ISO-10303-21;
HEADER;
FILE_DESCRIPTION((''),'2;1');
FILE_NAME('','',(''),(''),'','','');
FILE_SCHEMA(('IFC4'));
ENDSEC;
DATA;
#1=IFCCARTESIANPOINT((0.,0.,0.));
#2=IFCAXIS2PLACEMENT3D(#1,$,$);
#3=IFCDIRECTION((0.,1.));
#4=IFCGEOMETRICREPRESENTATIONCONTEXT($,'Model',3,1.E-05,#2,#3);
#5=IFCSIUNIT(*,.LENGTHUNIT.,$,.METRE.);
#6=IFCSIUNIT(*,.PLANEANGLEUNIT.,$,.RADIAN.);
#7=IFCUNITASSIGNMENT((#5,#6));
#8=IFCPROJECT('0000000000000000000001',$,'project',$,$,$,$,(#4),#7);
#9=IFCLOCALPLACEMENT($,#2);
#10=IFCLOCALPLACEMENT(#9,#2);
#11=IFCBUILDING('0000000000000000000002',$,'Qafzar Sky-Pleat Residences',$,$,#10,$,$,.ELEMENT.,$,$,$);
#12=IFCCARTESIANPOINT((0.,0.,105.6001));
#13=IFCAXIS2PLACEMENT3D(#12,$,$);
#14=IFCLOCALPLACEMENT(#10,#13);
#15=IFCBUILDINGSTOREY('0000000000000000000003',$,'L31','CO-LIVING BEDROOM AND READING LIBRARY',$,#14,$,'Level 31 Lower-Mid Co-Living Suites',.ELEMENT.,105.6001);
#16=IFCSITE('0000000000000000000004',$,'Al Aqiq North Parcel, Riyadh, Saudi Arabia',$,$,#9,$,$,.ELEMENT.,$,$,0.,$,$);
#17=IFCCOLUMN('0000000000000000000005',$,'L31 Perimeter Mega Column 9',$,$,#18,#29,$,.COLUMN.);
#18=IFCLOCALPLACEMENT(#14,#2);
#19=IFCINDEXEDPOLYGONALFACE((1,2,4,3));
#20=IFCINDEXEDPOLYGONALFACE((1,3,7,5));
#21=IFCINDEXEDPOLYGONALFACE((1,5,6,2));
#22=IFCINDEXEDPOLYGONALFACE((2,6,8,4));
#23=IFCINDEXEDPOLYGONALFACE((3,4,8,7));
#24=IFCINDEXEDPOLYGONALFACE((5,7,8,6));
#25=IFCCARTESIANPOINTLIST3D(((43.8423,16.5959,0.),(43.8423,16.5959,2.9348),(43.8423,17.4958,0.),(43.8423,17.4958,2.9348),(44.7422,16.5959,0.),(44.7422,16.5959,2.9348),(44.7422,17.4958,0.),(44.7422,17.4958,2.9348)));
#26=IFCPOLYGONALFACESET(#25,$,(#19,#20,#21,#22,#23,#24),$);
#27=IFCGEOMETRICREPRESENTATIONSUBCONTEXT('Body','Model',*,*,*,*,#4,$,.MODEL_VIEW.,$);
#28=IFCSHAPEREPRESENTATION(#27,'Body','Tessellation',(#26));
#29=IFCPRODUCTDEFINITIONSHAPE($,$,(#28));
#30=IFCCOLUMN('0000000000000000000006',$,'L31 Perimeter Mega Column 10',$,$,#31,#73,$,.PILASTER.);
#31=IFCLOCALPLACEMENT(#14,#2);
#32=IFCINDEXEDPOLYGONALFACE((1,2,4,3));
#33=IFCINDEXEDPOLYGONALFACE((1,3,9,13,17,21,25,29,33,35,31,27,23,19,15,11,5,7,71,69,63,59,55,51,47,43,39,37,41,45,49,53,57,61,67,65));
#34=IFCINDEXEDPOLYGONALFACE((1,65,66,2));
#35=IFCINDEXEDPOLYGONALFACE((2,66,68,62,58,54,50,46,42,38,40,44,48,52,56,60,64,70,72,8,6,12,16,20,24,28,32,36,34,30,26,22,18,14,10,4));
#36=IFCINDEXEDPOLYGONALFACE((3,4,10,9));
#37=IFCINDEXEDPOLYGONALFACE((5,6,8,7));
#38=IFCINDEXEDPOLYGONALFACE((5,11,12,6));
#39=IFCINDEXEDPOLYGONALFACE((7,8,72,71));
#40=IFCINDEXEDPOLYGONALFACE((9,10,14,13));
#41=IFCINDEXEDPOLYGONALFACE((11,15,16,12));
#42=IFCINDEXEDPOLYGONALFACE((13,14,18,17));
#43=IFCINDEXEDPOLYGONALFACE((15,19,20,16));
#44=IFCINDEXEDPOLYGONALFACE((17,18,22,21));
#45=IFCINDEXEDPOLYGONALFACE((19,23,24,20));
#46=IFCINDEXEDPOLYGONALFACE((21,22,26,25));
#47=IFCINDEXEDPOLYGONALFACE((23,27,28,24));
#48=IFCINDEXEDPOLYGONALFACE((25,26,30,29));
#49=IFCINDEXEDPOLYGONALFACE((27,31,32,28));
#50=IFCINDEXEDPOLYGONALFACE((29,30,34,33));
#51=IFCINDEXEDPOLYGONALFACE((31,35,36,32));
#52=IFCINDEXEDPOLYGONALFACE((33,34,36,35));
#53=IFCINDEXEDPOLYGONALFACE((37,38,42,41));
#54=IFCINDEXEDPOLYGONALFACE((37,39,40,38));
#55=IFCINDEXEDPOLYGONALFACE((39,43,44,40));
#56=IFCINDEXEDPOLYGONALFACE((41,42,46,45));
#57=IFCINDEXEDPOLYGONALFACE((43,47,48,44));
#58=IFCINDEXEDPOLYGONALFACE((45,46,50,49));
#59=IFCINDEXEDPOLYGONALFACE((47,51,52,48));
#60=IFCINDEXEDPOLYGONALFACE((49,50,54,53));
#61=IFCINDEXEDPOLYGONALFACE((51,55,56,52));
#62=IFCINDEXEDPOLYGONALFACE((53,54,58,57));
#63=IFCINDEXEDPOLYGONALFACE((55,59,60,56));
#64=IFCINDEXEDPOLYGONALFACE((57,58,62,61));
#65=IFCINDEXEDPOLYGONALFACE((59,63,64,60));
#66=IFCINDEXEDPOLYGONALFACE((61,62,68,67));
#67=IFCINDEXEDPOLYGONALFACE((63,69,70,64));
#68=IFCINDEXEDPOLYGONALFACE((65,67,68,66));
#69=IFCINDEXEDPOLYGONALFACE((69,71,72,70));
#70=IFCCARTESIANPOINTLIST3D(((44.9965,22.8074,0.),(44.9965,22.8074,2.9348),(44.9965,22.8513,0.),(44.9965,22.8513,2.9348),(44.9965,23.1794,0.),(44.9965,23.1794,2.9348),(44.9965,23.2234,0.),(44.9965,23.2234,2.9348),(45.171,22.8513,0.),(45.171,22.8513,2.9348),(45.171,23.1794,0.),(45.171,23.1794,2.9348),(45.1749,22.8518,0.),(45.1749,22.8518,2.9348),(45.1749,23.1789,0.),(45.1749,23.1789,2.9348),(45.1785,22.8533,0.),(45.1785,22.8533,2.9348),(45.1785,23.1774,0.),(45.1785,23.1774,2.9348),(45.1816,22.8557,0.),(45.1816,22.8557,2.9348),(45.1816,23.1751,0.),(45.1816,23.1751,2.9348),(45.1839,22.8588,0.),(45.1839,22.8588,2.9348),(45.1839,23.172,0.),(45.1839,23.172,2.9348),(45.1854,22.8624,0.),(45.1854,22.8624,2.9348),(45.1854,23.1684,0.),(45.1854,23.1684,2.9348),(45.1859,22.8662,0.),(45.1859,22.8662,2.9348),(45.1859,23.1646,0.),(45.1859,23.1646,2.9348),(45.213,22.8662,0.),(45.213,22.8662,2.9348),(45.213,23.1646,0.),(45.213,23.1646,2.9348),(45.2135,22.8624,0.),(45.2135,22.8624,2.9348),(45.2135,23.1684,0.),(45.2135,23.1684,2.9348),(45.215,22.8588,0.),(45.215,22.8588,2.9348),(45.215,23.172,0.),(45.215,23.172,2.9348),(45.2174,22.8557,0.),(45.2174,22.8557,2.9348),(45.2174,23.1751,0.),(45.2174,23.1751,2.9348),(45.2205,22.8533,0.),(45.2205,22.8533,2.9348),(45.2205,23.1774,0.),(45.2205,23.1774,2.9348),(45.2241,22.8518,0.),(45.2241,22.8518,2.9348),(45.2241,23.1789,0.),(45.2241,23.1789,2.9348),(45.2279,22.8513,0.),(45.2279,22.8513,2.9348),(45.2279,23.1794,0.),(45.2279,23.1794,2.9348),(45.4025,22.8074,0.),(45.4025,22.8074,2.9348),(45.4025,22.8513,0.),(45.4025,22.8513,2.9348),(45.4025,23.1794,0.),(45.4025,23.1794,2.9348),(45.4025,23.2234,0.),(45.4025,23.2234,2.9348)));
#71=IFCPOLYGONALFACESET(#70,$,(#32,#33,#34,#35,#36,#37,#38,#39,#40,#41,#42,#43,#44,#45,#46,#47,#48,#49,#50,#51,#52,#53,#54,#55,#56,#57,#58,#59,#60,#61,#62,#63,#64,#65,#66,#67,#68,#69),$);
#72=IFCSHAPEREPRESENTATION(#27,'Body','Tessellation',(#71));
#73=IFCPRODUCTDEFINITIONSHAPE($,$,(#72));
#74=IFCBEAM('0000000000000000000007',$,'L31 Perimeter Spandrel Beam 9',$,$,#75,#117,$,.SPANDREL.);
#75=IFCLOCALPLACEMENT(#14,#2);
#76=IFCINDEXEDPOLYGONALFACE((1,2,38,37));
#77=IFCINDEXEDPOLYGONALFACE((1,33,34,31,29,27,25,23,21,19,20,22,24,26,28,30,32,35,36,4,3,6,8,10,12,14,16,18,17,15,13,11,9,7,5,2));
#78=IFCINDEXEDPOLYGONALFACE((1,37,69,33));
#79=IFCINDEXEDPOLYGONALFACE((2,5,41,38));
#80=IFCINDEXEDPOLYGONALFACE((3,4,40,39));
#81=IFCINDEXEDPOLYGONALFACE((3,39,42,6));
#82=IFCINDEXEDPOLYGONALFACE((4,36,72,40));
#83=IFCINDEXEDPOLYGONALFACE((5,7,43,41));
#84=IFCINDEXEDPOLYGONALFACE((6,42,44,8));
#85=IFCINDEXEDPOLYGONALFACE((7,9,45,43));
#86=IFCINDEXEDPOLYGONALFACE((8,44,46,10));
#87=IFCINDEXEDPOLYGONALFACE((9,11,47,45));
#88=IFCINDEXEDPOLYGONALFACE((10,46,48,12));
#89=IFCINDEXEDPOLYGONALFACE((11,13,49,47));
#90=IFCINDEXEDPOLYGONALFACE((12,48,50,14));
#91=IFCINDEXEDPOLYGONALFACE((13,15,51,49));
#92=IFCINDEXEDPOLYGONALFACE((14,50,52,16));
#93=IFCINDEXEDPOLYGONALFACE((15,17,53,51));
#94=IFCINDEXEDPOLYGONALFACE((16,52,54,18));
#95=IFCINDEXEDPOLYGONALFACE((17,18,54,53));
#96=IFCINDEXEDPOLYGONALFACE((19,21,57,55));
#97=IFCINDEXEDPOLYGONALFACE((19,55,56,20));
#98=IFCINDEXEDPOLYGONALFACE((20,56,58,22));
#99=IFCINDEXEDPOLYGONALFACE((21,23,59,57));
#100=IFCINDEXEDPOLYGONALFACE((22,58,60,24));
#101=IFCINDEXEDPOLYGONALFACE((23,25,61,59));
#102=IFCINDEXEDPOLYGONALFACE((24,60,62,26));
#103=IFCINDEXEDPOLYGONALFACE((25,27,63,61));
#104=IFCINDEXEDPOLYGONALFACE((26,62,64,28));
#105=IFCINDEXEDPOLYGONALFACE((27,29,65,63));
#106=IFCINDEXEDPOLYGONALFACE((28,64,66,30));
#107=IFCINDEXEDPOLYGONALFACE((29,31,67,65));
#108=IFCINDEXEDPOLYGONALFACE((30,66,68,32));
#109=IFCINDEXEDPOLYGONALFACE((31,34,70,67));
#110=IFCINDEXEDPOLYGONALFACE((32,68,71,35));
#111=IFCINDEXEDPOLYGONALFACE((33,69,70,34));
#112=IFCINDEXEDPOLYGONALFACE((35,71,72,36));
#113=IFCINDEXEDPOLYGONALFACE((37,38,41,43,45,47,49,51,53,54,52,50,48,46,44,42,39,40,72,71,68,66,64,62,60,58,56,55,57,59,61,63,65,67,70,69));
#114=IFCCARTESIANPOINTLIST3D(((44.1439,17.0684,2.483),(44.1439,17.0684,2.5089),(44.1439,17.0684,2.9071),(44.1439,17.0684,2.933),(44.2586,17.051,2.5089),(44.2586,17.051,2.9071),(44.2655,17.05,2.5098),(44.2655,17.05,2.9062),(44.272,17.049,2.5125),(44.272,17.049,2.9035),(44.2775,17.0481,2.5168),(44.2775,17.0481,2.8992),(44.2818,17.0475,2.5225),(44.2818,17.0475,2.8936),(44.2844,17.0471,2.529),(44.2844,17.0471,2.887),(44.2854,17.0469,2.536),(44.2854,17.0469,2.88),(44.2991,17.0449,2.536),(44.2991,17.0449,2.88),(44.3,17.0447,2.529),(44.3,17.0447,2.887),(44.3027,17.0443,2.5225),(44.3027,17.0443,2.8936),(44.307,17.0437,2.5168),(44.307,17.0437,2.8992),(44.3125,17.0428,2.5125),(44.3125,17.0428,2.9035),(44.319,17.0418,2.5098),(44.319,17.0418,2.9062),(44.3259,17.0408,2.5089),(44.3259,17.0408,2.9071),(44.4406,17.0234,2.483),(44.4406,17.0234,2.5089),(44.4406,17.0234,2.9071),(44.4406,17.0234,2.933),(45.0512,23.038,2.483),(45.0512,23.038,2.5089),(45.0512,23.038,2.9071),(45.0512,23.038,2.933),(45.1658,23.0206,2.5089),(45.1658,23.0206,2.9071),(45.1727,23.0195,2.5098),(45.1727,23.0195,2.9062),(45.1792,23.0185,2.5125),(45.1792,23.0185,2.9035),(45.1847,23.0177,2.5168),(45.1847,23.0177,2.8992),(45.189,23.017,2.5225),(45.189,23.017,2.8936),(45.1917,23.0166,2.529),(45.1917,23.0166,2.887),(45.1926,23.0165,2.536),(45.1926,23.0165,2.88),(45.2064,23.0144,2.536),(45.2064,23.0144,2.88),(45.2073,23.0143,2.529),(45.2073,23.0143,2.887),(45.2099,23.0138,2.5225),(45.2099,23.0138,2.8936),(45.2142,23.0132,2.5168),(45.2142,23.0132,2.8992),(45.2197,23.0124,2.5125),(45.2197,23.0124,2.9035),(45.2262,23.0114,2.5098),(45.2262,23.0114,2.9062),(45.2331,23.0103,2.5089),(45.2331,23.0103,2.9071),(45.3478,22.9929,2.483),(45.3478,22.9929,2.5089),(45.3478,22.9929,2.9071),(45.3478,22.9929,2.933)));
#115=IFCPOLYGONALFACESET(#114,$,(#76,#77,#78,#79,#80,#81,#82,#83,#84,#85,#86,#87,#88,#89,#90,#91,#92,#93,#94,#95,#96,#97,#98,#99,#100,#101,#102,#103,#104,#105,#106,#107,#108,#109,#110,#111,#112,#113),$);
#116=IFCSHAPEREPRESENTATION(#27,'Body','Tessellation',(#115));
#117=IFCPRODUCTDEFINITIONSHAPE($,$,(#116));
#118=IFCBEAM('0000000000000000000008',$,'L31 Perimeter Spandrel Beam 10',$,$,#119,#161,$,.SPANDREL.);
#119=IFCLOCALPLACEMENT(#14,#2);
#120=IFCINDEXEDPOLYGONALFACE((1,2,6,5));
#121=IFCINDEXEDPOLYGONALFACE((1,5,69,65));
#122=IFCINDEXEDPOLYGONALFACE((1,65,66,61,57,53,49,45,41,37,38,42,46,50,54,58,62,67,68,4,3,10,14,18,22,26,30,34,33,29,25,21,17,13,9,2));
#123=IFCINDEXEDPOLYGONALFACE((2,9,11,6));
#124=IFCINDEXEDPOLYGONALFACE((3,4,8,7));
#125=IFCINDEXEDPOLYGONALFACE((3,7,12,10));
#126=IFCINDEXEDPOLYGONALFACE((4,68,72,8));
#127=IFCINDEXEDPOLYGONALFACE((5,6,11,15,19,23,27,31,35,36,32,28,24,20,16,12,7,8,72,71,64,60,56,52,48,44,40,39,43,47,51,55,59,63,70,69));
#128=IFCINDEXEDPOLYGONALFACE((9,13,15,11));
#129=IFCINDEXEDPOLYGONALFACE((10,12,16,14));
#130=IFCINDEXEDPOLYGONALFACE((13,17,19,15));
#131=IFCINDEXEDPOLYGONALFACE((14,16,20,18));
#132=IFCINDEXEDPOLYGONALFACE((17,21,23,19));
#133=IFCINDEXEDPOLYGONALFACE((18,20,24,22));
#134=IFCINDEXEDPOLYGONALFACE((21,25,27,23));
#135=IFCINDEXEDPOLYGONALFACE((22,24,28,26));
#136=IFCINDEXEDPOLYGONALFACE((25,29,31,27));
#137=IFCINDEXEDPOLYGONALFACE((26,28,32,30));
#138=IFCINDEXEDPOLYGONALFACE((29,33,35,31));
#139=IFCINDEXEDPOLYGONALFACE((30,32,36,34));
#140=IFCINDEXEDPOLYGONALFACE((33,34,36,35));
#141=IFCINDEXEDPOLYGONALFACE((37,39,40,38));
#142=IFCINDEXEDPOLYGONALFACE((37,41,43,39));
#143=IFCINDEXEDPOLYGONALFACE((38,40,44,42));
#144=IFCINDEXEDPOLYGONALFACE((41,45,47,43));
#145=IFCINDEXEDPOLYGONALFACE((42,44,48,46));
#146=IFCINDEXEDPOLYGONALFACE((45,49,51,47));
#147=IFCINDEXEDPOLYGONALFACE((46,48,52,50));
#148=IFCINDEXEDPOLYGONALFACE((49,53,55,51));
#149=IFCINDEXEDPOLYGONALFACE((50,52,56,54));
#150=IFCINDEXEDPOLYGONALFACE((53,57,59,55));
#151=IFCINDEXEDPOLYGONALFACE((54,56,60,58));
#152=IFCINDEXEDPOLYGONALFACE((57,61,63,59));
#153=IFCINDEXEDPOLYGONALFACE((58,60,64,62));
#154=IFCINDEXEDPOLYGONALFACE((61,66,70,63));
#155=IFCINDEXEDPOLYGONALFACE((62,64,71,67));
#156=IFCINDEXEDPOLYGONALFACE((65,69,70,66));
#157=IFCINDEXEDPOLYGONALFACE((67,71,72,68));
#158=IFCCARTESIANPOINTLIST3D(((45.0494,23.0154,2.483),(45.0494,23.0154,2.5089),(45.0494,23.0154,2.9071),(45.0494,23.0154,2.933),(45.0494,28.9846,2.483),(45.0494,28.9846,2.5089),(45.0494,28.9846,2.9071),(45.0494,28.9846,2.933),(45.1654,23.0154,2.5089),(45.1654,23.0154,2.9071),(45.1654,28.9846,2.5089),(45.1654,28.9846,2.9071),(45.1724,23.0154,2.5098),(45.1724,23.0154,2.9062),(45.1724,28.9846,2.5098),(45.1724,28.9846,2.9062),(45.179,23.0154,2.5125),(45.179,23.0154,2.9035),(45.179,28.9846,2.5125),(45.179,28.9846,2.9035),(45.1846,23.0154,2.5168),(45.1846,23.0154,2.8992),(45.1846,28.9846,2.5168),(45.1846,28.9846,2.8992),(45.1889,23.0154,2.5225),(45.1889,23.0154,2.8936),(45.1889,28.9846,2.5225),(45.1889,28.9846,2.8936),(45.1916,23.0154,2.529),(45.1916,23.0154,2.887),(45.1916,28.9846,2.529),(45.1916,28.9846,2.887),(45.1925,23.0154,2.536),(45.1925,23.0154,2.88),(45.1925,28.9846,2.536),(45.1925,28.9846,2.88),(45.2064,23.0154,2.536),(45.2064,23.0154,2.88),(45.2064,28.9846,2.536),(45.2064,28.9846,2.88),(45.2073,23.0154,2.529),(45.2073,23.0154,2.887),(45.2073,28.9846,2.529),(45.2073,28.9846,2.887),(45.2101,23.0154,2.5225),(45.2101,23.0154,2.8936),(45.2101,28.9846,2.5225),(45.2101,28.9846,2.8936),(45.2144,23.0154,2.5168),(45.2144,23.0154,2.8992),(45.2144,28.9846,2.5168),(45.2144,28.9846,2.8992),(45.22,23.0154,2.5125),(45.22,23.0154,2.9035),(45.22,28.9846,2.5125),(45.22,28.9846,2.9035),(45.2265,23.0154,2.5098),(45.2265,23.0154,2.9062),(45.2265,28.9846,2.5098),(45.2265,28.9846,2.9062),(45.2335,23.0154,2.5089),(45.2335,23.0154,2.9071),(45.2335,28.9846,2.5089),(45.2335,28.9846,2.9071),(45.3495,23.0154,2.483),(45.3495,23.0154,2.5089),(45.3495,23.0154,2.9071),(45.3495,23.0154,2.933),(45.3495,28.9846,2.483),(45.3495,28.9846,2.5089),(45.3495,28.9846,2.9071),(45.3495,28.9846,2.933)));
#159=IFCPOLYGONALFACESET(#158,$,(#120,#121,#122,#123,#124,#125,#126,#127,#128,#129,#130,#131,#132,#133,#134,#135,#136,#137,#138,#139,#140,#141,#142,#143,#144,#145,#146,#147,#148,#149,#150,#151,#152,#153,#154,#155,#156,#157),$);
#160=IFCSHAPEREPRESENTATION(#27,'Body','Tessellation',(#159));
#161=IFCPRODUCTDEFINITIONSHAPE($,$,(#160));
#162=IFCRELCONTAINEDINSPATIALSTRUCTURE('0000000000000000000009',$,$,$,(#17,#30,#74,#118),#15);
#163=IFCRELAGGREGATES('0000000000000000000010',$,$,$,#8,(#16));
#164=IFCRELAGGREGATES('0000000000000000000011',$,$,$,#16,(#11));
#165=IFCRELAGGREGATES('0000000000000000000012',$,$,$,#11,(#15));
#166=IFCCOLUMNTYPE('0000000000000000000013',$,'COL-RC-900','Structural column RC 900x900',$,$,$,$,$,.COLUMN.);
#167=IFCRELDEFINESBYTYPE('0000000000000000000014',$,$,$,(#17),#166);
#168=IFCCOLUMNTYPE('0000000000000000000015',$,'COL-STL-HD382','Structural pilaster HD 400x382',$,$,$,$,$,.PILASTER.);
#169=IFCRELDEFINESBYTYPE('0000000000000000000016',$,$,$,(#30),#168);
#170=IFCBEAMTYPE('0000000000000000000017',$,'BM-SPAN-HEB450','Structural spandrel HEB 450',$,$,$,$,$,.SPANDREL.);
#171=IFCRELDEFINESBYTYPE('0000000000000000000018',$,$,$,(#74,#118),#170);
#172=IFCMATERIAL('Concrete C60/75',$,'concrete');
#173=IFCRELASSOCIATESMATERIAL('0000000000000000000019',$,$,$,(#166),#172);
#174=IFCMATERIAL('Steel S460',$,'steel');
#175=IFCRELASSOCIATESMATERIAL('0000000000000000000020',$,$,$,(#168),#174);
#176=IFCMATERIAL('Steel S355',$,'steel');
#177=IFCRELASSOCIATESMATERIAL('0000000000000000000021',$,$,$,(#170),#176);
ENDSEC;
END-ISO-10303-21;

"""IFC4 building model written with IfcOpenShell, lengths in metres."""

from ifc_helpers import new_model, si_unit, direction, frame, origin, origin_2d, place, context, subcontext, project, spatial, rectangle, i_section, extrude, source, transform, mapped, material, material_profile, profile_set, type_object, element, save


model = new_model("IFC4")

# Units and contexts
model_context = context("Model", 3, precision=1e-05, world=origin(), true_north=direction((0.0, 1.0)))
body_context = subcontext(model_context, "Body", "Model", "MODEL_VIEW")
ifc_project = project(units=[si_unit("LENGTHUNIT", "METRE"), si_unit("PLANEANGLEUNIT", "RADIAN")], contexts=[model_context])

# Site, building, storey
site_placement = place(None, origin())
site = spatial("IfcSite", under=ifc_project, at=site_placement, Name="Al Aqiq North Parcel, Riyadh, Saudi Arabia", CompositionType="ELEMENT", RefElevation=0.0)
building_placement = place(site_placement, origin())
building = spatial("IfcBuilding", under=site, at=building_placement, Name="Qafzar Sky-Pleat Residences", CompositionType="ELEMENT")
storey_placement = place(building_placement, frame((0.0, 0.0, 105.6001)))
storey = spatial("IfcBuildingStorey", under=building, at=storey_placement, Name="L31", Description="CO-LIVING BEDROOM AND READING LIBRARY", LongName="Level 31 Lower-Mid Co-Living Suites", CompositionType="ELEMENT", Elevation=105.6001)

# Columns
ifc_material_1 = material(Name="Concrete C60/75", Category="concrete")
ifc_material_profile_1 = material_profile(ifc_material_1, rectangle(XDim=0.8999, YDim=0.8999, at=origin_2d()), Name="RC 900x900")
ifc_profile_set_1 = profile_set([ifc_material_profile_1], Name="Concrete C60/75")
column_type_1 = type_object("IfcColumnType", Name="COL-RC-900", Description="Structural column RC 900x900", PredefinedType="COLUMN", material=ifc_profile_set_1)
shared_shape_1 = source(origin(), body_context, "Body", "SweptSolid", [
    extrude(rectangle(XDim=0.8999, YDim=0.8999, at=origin_2d()), origin(), (0.0, 0.0, 1.0), 2.9348),
])
column_1_placement = place(storey_placement, frame((44.2922, 17.0459, 0.0), z_axis=(0.0, 0.0, 1.0), x_axis=(1.0, 0.0, 0.0)))
element("IfcColumn", 1, at=column_1_placement, inside=storey, type_object=column_type_1, Name="L31 Perimeter Mega Column 9", PredefinedType="COLUMN", context=body_context, shape_type="MappedRepresentation", body=[
    mapped(shared_shape_1, transform((0.0, 0.0, 0.0), x_axis=(1.0, 0.0, 0.0), y_axis=(0.0, 1.0, 0.0), z_axis=(0.0, 0.0, 1.0), scale=1.0)),
])
ifc_material_2 = material(Name="Steel S460", Category="steel")
ifc_material_profile_2 = material_profile(ifc_material_2, i_section(OverallWidth=0.406, OverallDepth=0.416, WebThickness=0.0271, FlangeThickness=0.0439, FilletRadius=0.0149, at=origin_2d()), Name="HD 400x382")
ifc_profile_set_2 = profile_set([ifc_material_profile_2], Name="Steel S460")
column_type_2 = type_object("IfcColumnType", Name="COL-STL-HD382", Description="Structural pilaster HD 400x382", PredefinedType="PILASTER", material=ifc_profile_set_2)
shared_shape_2 = source(origin(), body_context, "Body", "SweptSolid", [
    extrude(i_section(OverallWidth=0.406, OverallDepth=0.416, WebThickness=0.0271, FlangeThickness=0.0439, FilletRadius=0.0149, at=origin_2d()), origin(), (0.0, 0.0, 1.0), 2.9348),
])
column_2_placement = place(storey_placement, frame((45.1995, 23.0154, 0.0), z_axis=(0.0, 0.0, 1.0), x_axis=(1.0, 0.0, 0.0)))
element("IfcColumn", 2, at=column_2_placement, inside=storey, type_object=column_type_2, Name="L31 Perimeter Mega Column 10", PredefinedType="PILASTER", context=body_context, shape_type="MappedRepresentation", body=[
    mapped(shared_shape_2, transform((0.0, 0.0, 0.0), x_axis=(1.0, 0.0, 0.0), y_axis=(0.0, 1.0, 0.0), z_axis=(0.0, 0.0, 1.0), scale=1.0)),
])

# Beams
ifc_material_3 = material(Name="Steel S355", Category="steel")
ifc_material_profile_3 = material_profile(ifc_material_3, i_section(OverallWidth=0.3, OverallDepth=0.45, WebThickness=0.0139, FlangeThickness=0.0259, FilletRadius=0.0271, at=origin_2d()), Name="HEB 450")
ifc_profile_set_3 = profile_set([ifc_material_profile_3], Name="Steel S355")
beam_type_1 = type_object("IfcBeamType", Name="BM-SPAN-HEB450", Description="Structural spandrel HEB 450", PredefinedType="SPANDREL", material=ifc_profile_set_3)
shared_shape_3 = source(origin(), body_context, "Body", "SweptSolid", [
    extrude(i_section(OverallWidth=0.3, OverallDepth=0.45, WebThickness=0.0139, FlangeThickness=0.0259, FilletRadius=0.0271, at=origin_2d()), origin(), (0.0, 0.0, 1.0), 6.0381),
])
beam_1_placement = place(storey_placement, frame((44.2922, 17.0459, 2.708), z_axis=(0.150252, 0.988648, 0.0), x_axis=(-0.988648, 0.150252, 0.0)))
element("IfcBeam", 3, at=beam_1_placement, inside=storey, type_object=beam_type_1, Name="L31 Perimeter Spandrel Beam 9", PredefinedType="SPANDREL", context=body_context, shape_type="MappedRepresentation", body=[
    mapped(shared_shape_3, transform((0.0, 0.0, 0.0), x_axis=(1.0, 0.0, 0.0), y_axis=(0.0, 1.0, 0.0), z_axis=(0.0, 0.0, 1.0), scale=1.0)),
])
shared_shape_4 = source(origin(), body_context, "Body", "SweptSolid", [
    extrude(i_section(OverallWidth=0.3, OverallDepth=0.45, WebThickness=0.0139, FlangeThickness=0.0259, FilletRadius=0.0271, at=origin_2d()), origin(), (0.0, 0.0, 1.0), 5.9692),
])
beam_2_placement = place(storey_placement, frame((45.1995, 23.0154, 2.708), z_axis=(0.0, 1.0, 0.0), x_axis=(-1.0, 0.0, 0.0)))
element("IfcBeam", 4, at=beam_2_placement, inside=storey, type_object=beam_type_1, Name="L31 Perimeter Spandrel Beam 10", PredefinedType="SPANDREL", context=body_context, shape_type="MappedRepresentation", body=[
    mapped(shared_shape_4, transform((0.0, 0.0, 0.0), x_axis=(1.0, 0.0, 0.0), y_axis=(0.0, 1.0, 0.0), z_axis=(0.0, 0.0, 1.0), scale=1.0)),
])

save(model, "model.ifc")
